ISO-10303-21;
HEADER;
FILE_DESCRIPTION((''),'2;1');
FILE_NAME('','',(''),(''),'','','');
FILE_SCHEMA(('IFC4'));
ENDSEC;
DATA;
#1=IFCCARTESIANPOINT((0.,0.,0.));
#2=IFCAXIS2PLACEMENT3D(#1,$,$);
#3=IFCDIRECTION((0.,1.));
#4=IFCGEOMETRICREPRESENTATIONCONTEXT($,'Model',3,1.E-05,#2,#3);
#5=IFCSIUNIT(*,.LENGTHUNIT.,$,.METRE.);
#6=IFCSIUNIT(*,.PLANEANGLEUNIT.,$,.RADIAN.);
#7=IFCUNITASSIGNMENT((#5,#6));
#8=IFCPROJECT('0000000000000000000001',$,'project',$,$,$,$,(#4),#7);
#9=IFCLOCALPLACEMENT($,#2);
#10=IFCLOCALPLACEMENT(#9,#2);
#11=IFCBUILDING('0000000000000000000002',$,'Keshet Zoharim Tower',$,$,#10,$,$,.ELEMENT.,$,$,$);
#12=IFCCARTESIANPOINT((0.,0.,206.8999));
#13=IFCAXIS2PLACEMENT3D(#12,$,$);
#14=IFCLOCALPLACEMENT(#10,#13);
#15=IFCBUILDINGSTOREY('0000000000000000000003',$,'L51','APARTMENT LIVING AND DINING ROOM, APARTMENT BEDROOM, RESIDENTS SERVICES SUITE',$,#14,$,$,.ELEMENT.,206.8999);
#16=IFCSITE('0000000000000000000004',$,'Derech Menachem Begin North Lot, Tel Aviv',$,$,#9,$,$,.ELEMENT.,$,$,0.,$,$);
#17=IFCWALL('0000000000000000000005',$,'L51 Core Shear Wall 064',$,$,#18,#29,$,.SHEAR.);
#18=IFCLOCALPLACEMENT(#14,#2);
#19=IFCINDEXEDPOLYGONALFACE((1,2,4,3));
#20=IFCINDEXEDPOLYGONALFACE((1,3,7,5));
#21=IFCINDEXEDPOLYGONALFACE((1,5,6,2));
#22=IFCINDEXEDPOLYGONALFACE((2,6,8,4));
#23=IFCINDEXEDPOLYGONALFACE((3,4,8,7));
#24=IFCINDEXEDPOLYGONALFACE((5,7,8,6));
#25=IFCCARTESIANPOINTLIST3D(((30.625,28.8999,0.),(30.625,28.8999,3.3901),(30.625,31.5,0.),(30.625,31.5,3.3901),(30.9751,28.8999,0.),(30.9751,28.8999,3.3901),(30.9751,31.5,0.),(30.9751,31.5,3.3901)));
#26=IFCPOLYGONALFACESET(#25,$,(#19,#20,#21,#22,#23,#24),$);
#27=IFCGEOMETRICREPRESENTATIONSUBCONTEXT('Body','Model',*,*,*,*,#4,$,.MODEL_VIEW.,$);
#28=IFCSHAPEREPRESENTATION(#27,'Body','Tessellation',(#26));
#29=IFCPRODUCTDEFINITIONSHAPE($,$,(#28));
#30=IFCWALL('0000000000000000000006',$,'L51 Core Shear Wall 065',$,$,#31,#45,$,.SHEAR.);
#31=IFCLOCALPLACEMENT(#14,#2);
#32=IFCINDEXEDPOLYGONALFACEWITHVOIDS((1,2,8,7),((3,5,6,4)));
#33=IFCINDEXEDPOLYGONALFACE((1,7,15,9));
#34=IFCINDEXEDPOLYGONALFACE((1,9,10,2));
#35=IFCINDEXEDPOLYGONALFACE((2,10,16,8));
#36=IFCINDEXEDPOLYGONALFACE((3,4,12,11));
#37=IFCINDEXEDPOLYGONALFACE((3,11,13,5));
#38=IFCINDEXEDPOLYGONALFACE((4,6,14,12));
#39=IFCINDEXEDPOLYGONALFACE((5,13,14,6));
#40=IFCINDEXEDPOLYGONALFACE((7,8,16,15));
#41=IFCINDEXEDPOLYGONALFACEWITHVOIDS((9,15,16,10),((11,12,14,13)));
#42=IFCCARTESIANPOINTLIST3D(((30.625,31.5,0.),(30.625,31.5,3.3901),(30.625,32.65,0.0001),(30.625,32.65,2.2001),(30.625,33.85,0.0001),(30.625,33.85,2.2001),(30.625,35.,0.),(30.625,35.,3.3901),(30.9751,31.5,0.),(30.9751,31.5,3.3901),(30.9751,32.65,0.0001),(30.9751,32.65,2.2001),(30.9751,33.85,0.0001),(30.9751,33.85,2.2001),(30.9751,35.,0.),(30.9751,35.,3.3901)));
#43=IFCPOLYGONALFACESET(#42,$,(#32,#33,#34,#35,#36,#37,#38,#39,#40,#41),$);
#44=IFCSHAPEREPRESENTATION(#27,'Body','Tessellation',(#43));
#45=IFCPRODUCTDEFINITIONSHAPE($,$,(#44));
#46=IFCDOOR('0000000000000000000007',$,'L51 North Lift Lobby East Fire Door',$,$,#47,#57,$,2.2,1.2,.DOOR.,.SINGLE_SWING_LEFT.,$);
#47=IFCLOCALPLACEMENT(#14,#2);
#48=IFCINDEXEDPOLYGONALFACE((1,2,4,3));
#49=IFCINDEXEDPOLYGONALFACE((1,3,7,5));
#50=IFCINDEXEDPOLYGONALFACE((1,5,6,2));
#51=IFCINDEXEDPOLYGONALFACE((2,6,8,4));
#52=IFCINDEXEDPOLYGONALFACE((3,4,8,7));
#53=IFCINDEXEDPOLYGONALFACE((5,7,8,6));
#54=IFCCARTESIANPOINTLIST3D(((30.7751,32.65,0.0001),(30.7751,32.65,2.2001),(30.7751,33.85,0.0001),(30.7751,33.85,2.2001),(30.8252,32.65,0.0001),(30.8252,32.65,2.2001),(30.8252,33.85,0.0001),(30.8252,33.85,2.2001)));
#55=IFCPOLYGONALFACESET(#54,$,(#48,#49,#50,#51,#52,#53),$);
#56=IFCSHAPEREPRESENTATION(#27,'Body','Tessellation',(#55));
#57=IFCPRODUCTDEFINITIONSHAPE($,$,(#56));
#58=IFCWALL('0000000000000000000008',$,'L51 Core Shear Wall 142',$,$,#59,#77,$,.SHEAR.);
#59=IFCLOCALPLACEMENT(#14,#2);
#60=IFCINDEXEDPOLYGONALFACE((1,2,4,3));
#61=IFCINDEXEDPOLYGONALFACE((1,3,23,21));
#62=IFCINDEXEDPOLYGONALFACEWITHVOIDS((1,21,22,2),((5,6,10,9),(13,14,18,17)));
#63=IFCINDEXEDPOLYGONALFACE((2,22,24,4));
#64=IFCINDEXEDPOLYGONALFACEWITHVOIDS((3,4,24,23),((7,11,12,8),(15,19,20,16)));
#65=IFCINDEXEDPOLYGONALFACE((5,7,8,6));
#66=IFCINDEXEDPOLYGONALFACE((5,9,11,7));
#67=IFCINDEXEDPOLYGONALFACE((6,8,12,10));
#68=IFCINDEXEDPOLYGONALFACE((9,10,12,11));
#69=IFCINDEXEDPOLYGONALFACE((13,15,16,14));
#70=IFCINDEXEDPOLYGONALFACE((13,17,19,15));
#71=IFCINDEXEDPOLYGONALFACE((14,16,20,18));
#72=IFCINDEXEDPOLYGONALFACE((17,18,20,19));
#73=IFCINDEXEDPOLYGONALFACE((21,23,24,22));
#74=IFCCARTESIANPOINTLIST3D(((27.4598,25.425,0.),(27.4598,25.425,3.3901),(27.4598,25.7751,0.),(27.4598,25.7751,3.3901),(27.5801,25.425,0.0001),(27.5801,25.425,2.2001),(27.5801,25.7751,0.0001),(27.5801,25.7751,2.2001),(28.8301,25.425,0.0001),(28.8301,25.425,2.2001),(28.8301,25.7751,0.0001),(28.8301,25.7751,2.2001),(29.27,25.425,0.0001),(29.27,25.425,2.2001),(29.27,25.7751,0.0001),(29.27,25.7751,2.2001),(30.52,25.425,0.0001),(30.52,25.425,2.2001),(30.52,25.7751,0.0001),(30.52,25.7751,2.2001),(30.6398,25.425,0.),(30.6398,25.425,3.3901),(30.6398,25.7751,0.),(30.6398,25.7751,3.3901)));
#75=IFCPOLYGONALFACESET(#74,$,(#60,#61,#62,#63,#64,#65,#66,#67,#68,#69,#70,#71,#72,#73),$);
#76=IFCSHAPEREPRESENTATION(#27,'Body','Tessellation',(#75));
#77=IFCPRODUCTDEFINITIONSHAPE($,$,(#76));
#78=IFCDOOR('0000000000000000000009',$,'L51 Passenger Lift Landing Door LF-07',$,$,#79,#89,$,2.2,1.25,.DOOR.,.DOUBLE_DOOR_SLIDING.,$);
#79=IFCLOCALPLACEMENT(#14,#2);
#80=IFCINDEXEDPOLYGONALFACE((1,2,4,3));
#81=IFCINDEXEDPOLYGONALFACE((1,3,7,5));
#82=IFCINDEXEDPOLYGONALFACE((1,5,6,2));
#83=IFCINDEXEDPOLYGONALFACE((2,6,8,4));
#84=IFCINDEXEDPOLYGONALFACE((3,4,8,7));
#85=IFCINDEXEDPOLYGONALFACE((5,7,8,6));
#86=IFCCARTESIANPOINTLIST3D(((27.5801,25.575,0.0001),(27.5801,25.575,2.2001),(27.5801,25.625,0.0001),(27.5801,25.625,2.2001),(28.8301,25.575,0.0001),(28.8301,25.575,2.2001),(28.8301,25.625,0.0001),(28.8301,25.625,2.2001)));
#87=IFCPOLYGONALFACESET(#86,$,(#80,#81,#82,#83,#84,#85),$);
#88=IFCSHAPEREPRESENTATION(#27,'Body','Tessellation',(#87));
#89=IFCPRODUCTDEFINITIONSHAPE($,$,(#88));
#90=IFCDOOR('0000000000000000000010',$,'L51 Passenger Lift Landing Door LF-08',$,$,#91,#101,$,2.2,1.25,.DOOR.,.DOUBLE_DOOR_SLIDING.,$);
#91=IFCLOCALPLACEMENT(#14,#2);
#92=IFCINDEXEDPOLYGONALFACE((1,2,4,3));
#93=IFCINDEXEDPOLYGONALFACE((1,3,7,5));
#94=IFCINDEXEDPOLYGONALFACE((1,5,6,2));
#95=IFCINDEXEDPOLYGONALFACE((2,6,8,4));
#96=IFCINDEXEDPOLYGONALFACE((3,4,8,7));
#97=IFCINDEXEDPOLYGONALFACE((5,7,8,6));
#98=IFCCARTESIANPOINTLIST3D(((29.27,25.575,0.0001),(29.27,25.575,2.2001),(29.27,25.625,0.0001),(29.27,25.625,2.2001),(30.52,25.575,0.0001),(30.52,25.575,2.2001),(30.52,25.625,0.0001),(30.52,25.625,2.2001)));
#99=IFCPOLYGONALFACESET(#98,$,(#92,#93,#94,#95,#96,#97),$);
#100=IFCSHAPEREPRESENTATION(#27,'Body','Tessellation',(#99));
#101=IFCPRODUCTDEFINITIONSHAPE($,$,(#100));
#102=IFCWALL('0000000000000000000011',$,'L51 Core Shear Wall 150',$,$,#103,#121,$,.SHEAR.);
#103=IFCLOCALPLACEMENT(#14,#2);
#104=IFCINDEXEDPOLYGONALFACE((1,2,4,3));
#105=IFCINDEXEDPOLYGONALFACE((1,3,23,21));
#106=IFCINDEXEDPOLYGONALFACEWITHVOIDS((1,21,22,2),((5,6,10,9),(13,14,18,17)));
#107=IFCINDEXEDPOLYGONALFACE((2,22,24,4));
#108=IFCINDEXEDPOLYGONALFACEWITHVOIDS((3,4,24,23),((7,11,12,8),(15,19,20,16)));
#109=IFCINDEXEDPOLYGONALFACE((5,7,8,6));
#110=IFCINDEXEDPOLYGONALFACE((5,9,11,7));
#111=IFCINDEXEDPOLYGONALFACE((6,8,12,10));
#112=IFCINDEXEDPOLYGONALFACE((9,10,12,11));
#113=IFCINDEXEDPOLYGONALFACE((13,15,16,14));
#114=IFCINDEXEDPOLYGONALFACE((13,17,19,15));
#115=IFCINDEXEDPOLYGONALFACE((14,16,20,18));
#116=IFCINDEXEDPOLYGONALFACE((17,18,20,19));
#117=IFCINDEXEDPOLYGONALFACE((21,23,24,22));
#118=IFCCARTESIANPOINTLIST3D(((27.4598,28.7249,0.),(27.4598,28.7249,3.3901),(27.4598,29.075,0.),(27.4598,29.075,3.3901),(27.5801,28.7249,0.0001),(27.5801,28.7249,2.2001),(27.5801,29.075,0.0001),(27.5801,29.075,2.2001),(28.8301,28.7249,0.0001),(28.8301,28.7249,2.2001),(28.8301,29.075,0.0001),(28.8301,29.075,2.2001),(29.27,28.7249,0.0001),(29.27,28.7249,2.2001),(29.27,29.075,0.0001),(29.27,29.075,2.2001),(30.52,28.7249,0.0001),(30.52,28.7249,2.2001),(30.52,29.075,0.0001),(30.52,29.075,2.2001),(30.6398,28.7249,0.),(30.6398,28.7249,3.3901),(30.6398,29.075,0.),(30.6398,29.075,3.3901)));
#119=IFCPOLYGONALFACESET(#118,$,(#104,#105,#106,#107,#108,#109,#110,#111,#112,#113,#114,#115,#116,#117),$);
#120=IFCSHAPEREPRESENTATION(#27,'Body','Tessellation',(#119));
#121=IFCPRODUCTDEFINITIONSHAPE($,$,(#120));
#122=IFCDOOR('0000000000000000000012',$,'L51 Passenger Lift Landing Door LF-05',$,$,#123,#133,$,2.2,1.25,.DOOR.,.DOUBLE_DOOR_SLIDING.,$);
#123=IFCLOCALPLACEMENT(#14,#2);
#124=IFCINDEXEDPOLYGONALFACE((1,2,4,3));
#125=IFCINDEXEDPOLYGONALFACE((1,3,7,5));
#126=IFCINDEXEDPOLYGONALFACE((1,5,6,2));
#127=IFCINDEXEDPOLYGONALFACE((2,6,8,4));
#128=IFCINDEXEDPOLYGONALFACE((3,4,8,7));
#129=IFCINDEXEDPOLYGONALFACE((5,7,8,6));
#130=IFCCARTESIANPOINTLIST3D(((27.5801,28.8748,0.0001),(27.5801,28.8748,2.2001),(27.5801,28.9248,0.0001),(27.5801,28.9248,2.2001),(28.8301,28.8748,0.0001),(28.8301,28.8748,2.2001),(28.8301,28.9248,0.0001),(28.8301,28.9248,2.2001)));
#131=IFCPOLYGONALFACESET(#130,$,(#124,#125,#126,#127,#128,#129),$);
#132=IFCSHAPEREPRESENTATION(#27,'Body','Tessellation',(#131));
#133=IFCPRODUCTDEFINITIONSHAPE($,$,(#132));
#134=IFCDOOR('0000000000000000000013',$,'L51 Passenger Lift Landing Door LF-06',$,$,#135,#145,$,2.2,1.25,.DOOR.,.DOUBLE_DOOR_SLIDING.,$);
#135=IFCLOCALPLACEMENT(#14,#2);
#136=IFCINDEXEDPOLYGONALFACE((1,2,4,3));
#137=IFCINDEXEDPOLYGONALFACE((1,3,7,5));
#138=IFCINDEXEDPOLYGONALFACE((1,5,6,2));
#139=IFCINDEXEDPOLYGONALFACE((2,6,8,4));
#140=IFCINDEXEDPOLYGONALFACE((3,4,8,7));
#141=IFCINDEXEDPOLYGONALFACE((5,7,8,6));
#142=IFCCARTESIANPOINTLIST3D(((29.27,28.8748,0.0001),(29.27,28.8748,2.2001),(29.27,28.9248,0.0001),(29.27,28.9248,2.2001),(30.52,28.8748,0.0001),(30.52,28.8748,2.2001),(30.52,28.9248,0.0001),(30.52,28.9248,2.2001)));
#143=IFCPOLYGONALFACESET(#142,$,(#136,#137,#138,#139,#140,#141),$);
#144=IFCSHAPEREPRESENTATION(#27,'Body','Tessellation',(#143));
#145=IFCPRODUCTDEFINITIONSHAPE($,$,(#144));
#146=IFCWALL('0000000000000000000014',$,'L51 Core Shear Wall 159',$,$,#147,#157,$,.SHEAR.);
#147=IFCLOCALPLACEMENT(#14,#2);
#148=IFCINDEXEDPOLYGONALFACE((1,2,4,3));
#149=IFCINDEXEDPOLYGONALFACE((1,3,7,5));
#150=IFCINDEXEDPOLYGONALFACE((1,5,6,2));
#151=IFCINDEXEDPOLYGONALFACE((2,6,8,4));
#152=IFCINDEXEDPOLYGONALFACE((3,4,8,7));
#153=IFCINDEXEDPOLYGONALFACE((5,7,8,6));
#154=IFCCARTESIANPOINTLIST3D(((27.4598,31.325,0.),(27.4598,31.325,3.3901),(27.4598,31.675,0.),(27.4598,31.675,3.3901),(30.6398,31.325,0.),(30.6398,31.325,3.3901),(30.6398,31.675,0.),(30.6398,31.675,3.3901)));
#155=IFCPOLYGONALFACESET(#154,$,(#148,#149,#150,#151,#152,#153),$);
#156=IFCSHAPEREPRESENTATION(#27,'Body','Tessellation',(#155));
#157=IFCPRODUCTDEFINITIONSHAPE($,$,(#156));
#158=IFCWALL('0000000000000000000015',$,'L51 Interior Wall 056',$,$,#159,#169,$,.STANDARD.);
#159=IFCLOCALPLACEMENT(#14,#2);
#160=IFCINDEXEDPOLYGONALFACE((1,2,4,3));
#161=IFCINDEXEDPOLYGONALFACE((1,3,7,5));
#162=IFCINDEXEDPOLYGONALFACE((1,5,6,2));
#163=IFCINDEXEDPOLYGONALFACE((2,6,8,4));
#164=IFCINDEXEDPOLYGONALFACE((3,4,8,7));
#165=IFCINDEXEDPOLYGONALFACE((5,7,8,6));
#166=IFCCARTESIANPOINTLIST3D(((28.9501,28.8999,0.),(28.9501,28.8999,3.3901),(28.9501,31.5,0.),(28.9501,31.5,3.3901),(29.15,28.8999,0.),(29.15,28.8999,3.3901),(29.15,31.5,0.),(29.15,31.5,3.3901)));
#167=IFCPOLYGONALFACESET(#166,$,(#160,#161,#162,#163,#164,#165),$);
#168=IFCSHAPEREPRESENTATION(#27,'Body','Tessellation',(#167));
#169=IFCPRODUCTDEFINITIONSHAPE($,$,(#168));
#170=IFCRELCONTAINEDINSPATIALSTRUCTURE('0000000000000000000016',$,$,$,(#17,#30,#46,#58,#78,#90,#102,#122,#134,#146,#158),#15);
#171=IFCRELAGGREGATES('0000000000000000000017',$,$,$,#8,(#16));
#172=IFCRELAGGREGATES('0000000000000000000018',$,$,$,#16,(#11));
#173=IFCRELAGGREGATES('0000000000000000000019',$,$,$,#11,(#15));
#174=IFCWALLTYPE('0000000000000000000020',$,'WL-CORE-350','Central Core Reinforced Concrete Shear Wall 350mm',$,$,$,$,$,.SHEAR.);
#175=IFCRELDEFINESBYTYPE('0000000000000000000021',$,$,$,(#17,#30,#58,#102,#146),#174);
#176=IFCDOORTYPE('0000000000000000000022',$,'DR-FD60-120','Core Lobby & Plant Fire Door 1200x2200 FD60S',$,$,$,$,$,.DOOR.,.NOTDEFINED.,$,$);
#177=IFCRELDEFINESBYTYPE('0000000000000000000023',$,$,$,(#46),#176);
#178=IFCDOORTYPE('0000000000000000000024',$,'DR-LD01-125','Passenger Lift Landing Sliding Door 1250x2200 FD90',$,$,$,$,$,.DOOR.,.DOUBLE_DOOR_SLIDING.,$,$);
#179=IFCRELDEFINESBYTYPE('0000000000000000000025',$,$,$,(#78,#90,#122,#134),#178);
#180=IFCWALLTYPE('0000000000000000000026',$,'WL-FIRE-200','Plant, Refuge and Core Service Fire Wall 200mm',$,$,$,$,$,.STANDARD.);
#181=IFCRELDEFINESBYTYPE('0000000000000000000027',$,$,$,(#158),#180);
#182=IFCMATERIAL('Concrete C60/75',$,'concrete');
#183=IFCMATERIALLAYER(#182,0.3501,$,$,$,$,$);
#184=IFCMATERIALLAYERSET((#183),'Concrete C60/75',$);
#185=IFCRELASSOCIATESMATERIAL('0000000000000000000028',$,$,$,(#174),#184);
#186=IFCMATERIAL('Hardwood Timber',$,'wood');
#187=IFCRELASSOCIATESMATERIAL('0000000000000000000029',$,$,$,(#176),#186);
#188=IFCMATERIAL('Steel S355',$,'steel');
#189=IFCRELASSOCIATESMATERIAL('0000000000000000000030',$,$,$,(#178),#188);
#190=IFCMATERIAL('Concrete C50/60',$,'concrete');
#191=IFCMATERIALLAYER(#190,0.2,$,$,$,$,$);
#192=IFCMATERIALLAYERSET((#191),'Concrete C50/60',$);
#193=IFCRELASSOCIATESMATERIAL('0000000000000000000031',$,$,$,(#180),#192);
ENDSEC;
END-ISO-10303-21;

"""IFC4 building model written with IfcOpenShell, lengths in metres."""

from ifc_helpers import new_model, si_unit, direction, frame, frame_2d, origin, place, context, subcontext, project, spatial, rectangle, extrude, material, layer, layer_set, type_object, element, fill, save


model = new_model("IFC4")

# Units and contexts
model_context = context("Model", 3, precision=1e-05, world=origin(), true_north=direction((0.0, 1.0)))
body_context = subcontext(model_context, "Body", "Model", "MODEL_VIEW")
ifc_project = project(units=[si_unit("LENGTHUNIT", "METRE"), si_unit("PLANEANGLEUNIT", "RADIAN")], contexts=[model_context])

# Site, building, storey
site_placement = place(None, origin())
site = spatial("IfcSite", under=ifc_project, at=site_placement, Name="Derech Menachem Begin North Lot, Tel Aviv", CompositionType="ELEMENT", RefElevation=0.0)
building_placement = place(site_placement, origin())
building = spatial("IfcBuilding", under=site, at=building_placement, Name="Keshet Zoharim Tower", CompositionType="ELEMENT")
storey_placement = place(building_placement, frame((0.0, 0.0, 206.8999)))
storey = spatial("IfcBuildingStorey", under=building, at=storey_placement, Name="L51", Description="APARTMENT LIVING AND DINING ROOM, APARTMENT BEDROOM, RESIDENTS SERVICES SUITE", CompositionType="ELEMENT", Elevation=206.8999)

# Shared definitions
ifc_material_1 = material(Name="Concrete C50/60", Category="concrete")

# Shared definitions
ifc_material_2 = material(Name="Steel S355", Category="steel")

# Shared definitions
ifc_material_3 = material(Name="Concrete C60/75", Category="concrete")
ifc_layer_1 = layer(ifc_material_3, 0.3501)
ifc_layer_set_1 = layer_set([ifc_layer_1], Name="Concrete C60/75")
wall_type_1 = type_object("IfcWallType", Name="WL-CORE-350", Description="Central Core Reinforced Concrete Shear Wall 350mm", PredefinedType="SHEAR", material=ifc_layer_set_1)

# Shared definitions
ifc_material_4 = material(Name="Hardwood Timber", Category="wood")
door_type_1 = type_object("IfcDoorType", Name="DR-FD60-120", Description="Core Lobby & Plant Fire Door 1200x2200 FD60S", OperationType="NOTDEFINED", PredefinedType="DOOR", material=ifc_material_4)

# Wall
wall_1_placement = place(storey_placement, frame((30.8, 28.8999, 0.0), z_axis=(0.0, 0.0, 1.0), x_axis=(0.0, 1.0, 0.0)))
element("IfcWall", 1, at=wall_1_placement, inside=storey, type_object=wall_type_1, Name="L51 Core Shear Wall 064", PredefinedType="SHEAR", context=body_context, shape_type="SweptSolid", body=[
    extrude(rectangle(XDim=2.6001, YDim=0.3501, at=frame_2d((1.3, 0.0))), origin(), (0.0, 0.0, 1.0), 3.3901),
])

# Wall, opening, door
wall_2_placement = place(storey_placement, frame((30.8, 31.5, 0.0), z_axis=(0.0, 0.0, 1.0), x_axis=(0.0, 1.0, 0.0)))
wall_2 = element("IfcWall", 2, at=wall_2_placement, inside=storey, type_object=wall_type_1, Name="L51 Core Shear Wall 065", PredefinedType="SHEAR", context=body_context, shape_type="SweptSolid", body=[
    extrude(rectangle(XDim=3.5, YDim=0.3501, at=frame_2d((1.75, 0.0))), origin(), (0.0, 0.0, 1.0), 3.3901),
])
opening_1_placement = place(wall_2_placement, frame((1.1499, 0.0, 0.0)))
opening_1 = element("IfcOpeningElement", 3, at=opening_1_placement, cuts=wall_2, PredefinedType="OPENING", context=body_context, shape_type="SweptSolid", body=[
    extrude(rectangle(XDim=1.2, YDim=2.2, at=frame_2d((0.6001, 1.1001))), frame((0.0, 0.1851, 0.0), z_axis=(0.0, -1.0, 0.0), x_axis=(1.0, 0.0, 0.0)), (0.0, 0.0, 1.0), 0.3701),
])
door_1_placement = place(opening_1_placement, origin())
door_1 = element("IfcDoor", 4, at=door_1_placement, inside=storey, type_object=door_type_1, Name="L51 North Lift Lobby East Fire Door", OperationType="SINGLE_SWING_LEFT", OverallHeight=2.2, OverallWidth=1.2, PredefinedType="DOOR", context=body_context, shape_type="SweptSolid", body=[
    extrude(rectangle(XDim=1.2, YDim=2.2, at=frame_2d((0.6001, 1.1001))), frame((0.0, 0.0249, 0.0), z_axis=(0.0, -1.0, 0.0), x_axis=(1.0, 0.0, 0.0)), (0.0, 0.0, 1.0), 0.05),
])
fill(opening_1, door_1)

# Walls, openings, doors
wall_3_placement = place(storey_placement, frame((27.46, 25.6001, 0.0), z_axis=(0.0, 0.0, 1.0), x_axis=(1.0, 0.0, 0.0)))
wall_3 = element("IfcWall", 5, at=wall_3_placement, inside=storey, type_object=wall_type_1, Name="L51 Core Shear Wall 142", PredefinedType="SHEAR", context=body_context, shape_type="SweptSolid", body=[
    extrude(rectangle(XDim=3.1799, YDim=0.3501, at=frame_2d((1.5898, 0.0))), origin(), (0.0, 0.0, 1.0), 3.3901),
])
opening_2_placement = place(wall_3_placement, frame((0.1201, 0.0, 0.0)))
opening_2 = element("IfcOpeningElement", 6, at=opening_2_placement, cuts=wall_3, PredefinedType="OPENING", context=body_context, shape_type="SweptSolid", body=[
    extrude(rectangle(XDim=1.25, YDim=2.2, at=frame_2d((0.625, 1.1001))), frame((0.0, 0.1851, 0.0), z_axis=(0.0, -1.0, 0.0), x_axis=(1.0, 0.0, 0.0)), (0.0, 0.0, 1.0), 0.3701),
])
opening_3_placement = place(wall_3_placement, frame((1.8101, 0.0, 0.0)))
opening_3 = element("IfcOpeningElement", 7, at=opening_3_placement, cuts=wall_3, PredefinedType="OPENING", context=body_context, shape_type="SweptSolid", body=[
    extrude(rectangle(XDim=1.25, YDim=2.2, at=frame_2d((0.625, 1.1001))), frame((0.0, 0.1851, 0.0), z_axis=(0.0, -1.0, 0.0), x_axis=(1.0, 0.0, 0.0)), (0.0, 0.0, 1.0), 0.3701),
])
door_type_2 = type_object("IfcDoorType", Name="DR-LD01-125", Description="Passenger Lift Landing Sliding Door 1250x2200 FD90", OperationType="DOUBLE_DOOR_SLIDING", PredefinedType="DOOR", material=ifc_material_2)
door_2_placement = place(opening_2_placement, origin())
door_2 = element("IfcDoor", 8, at=door_2_placement, inside=storey, type_object=door_type_2, Name="L51 Passenger Lift Landing Door LF-07", OperationType="DOUBLE_DOOR_SLIDING", OverallHeight=2.2, OverallWidth=1.25, PredefinedType="DOOR", context=body_context, shape_type="SweptSolid", body=[
    extrude(rectangle(XDim=1.25, YDim=2.2, at=frame_2d((0.625, 1.1001))), frame((0.0, 0.0249, 0.0), z_axis=(0.0, -1.0, 0.0), x_axis=(1.0, 0.0, 0.0)), (0.0, 0.0, 1.0), 0.05),
])
fill(opening_2, door_2)
door_3_placement = place(opening_3_placement, origin())
door_3 = element("IfcDoor", 9, at=door_3_placement, inside=storey, type_object=door_type_2, Name="L51 Passenger Lift Landing Door LF-08", OperationType="DOUBLE_DOOR_SLIDING", OverallHeight=2.2, OverallWidth=1.25, PredefinedType="DOOR", context=body_context, shape_type="SweptSolid", body=[
    extrude(rectangle(XDim=1.25, YDim=2.2, at=frame_2d((0.625, 1.1001))), frame((0.0, 0.0249, 0.0), z_axis=(0.0, -1.0, 0.0), x_axis=(1.0, 0.0, 0.0)), (0.0, 0.0, 1.0), 0.05),
])
fill(opening_3, door_3)
wall_4_placement = place(storey_placement, frame((27.46, 28.8999, 0.0), z_axis=(0.0, 0.0, 1.0), x_axis=(1.0, 0.0, 0.0)))
wall_4 = element("IfcWall", 10, at=wall_4_placement, inside=storey, type_object=wall_type_1, Name="L51 Core Shear Wall 150", PredefinedType="SHEAR", context=body_context, shape_type="SweptSolid", body=[
    extrude(rectangle(XDim=3.1799, YDim=0.3501, at=frame_2d((1.5898, 0.0))), origin(), (0.0, 0.0, 1.0), 3.3901),
])
opening_4_placement = place(wall_4_placement, frame((0.1201, 0.0, 0.0)))
opening_4 = element("IfcOpeningElement", 11, at=opening_4_placement, cuts=wall_4, PredefinedType="OPENING", context=body_context, shape_type="SweptSolid", body=[
    extrude(rectangle(XDim=1.25, YDim=2.2, at=frame_2d((0.625, 1.1001))), frame((0.0, 0.1851, 0.0), z_axis=(0.0, -1.0, 0.0), x_axis=(1.0, 0.0, 0.0)), (0.0, 0.0, 1.0), 0.3701),
])
opening_5_placement = place(wall_4_placement, frame((1.8101, 0.0, 0.0)))
opening_5 = element("IfcOpeningElement", 12, at=opening_5_placement, cuts=wall_4, PredefinedType="OPENING", context=body_context, shape_type="SweptSolid", body=[
    extrude(rectangle(XDim=1.25, YDim=2.2, at=frame_2d((0.625, 1.1001))), frame((0.0, 0.1851, 0.0), z_axis=(0.0, -1.0, 0.0), x_axis=(1.0, 0.0, 0.0)), (0.0, 0.0, 1.0), 0.3701),
])
door_4_placement = place(opening_4_placement, origin())
door_4 = element("IfcDoor", 13, at=door_4_placement, inside=storey, type_object=door_type_2, Name="L51 Passenger Lift Landing Door LF-05", OperationType="DOUBLE_DOOR_SLIDING", OverallHeight=2.2, OverallWidth=1.25, PredefinedType="DOOR", context=body_context, shape_type="SweptSolid", body=[
    extrude(rectangle(XDim=1.25, YDim=2.2, at=frame_2d((0.625, 1.1001))), frame((0.0, 0.0249, 0.0), z_axis=(0.0, -1.0, 0.0), x_axis=(1.0, 0.0, 0.0)), (0.0, 0.0, 1.0), 0.05),
])
fill(opening_4, door_4)
door_5_placement = place(opening_5_placement, origin())
door_5 = element("IfcDoor", 14, at=door_5_placement, inside=storey, type_object=door_type_2, Name="L51 Passenger Lift Landing Door LF-06", OperationType="DOUBLE_DOOR_SLIDING", OverallHeight=2.2, OverallWidth=1.25, PredefinedType="DOOR", context=body_context, shape_type="SweptSolid", body=[
    extrude(rectangle(XDim=1.25, YDim=2.2, at=frame_2d((0.625, 1.1001))), frame((0.0, 0.0249, 0.0), z_axis=(0.0, -1.0, 0.0), x_axis=(1.0, 0.0, 0.0)), (0.0, 0.0, 1.0), 0.05),
])
fill(opening_5, door_5)

# Walls
wall_5_placement = place(storey_placement, frame((27.46, 31.5, 0.0), z_axis=(0.0, 0.0, 1.0), x_axis=(1.0, 0.0, 0.0)))
element("IfcWall", 15, at=wall_5_placement, inside=storey, type_object=wall_type_1, Name="L51 Core Shear Wall 159", PredefinedType="SHEAR", context=body_context, shape_type="SweptSolid", body=[
    extrude(rectangle(XDim=3.1799, YDim=0.3501, at=frame_2d((1.5898, 0.0))), origin(), (0.0, 0.0, 1.0), 3.3901),
])
ifc_layer_2 = layer(ifc_material_1, 0.2)
ifc_layer_set_2 = layer_set([ifc_layer_2], Name="Concrete C50/60")
wall_type_2 = type_object("IfcWallType", Name="WL-FIRE-200", Description="Plant, Refuge and Core Service Fire Wall 200mm", PredefinedType="STANDARD", material=ifc_layer_set_2)
wall_6_placement = place(storey_placement, frame((29.05, 28.8999, 0.0), z_axis=(0.0, 0.0, 1.0), x_axis=(0.0, 1.0, 0.0)))
element("IfcWall", 16, at=wall_6_placement, inside=storey, type_object=wall_type_2, Name="L51 Interior Wall 056", PredefinedType="STANDARD", context=body_context, shape_type="SweptSolid", body=[
    extrude(rectangle(XDim=2.6001, YDim=0.2, at=frame_2d((1.3, 0.0))), origin(), (0.0, 0.0, 1.0), 3.3901),
])

save(model, "model.ifc")
